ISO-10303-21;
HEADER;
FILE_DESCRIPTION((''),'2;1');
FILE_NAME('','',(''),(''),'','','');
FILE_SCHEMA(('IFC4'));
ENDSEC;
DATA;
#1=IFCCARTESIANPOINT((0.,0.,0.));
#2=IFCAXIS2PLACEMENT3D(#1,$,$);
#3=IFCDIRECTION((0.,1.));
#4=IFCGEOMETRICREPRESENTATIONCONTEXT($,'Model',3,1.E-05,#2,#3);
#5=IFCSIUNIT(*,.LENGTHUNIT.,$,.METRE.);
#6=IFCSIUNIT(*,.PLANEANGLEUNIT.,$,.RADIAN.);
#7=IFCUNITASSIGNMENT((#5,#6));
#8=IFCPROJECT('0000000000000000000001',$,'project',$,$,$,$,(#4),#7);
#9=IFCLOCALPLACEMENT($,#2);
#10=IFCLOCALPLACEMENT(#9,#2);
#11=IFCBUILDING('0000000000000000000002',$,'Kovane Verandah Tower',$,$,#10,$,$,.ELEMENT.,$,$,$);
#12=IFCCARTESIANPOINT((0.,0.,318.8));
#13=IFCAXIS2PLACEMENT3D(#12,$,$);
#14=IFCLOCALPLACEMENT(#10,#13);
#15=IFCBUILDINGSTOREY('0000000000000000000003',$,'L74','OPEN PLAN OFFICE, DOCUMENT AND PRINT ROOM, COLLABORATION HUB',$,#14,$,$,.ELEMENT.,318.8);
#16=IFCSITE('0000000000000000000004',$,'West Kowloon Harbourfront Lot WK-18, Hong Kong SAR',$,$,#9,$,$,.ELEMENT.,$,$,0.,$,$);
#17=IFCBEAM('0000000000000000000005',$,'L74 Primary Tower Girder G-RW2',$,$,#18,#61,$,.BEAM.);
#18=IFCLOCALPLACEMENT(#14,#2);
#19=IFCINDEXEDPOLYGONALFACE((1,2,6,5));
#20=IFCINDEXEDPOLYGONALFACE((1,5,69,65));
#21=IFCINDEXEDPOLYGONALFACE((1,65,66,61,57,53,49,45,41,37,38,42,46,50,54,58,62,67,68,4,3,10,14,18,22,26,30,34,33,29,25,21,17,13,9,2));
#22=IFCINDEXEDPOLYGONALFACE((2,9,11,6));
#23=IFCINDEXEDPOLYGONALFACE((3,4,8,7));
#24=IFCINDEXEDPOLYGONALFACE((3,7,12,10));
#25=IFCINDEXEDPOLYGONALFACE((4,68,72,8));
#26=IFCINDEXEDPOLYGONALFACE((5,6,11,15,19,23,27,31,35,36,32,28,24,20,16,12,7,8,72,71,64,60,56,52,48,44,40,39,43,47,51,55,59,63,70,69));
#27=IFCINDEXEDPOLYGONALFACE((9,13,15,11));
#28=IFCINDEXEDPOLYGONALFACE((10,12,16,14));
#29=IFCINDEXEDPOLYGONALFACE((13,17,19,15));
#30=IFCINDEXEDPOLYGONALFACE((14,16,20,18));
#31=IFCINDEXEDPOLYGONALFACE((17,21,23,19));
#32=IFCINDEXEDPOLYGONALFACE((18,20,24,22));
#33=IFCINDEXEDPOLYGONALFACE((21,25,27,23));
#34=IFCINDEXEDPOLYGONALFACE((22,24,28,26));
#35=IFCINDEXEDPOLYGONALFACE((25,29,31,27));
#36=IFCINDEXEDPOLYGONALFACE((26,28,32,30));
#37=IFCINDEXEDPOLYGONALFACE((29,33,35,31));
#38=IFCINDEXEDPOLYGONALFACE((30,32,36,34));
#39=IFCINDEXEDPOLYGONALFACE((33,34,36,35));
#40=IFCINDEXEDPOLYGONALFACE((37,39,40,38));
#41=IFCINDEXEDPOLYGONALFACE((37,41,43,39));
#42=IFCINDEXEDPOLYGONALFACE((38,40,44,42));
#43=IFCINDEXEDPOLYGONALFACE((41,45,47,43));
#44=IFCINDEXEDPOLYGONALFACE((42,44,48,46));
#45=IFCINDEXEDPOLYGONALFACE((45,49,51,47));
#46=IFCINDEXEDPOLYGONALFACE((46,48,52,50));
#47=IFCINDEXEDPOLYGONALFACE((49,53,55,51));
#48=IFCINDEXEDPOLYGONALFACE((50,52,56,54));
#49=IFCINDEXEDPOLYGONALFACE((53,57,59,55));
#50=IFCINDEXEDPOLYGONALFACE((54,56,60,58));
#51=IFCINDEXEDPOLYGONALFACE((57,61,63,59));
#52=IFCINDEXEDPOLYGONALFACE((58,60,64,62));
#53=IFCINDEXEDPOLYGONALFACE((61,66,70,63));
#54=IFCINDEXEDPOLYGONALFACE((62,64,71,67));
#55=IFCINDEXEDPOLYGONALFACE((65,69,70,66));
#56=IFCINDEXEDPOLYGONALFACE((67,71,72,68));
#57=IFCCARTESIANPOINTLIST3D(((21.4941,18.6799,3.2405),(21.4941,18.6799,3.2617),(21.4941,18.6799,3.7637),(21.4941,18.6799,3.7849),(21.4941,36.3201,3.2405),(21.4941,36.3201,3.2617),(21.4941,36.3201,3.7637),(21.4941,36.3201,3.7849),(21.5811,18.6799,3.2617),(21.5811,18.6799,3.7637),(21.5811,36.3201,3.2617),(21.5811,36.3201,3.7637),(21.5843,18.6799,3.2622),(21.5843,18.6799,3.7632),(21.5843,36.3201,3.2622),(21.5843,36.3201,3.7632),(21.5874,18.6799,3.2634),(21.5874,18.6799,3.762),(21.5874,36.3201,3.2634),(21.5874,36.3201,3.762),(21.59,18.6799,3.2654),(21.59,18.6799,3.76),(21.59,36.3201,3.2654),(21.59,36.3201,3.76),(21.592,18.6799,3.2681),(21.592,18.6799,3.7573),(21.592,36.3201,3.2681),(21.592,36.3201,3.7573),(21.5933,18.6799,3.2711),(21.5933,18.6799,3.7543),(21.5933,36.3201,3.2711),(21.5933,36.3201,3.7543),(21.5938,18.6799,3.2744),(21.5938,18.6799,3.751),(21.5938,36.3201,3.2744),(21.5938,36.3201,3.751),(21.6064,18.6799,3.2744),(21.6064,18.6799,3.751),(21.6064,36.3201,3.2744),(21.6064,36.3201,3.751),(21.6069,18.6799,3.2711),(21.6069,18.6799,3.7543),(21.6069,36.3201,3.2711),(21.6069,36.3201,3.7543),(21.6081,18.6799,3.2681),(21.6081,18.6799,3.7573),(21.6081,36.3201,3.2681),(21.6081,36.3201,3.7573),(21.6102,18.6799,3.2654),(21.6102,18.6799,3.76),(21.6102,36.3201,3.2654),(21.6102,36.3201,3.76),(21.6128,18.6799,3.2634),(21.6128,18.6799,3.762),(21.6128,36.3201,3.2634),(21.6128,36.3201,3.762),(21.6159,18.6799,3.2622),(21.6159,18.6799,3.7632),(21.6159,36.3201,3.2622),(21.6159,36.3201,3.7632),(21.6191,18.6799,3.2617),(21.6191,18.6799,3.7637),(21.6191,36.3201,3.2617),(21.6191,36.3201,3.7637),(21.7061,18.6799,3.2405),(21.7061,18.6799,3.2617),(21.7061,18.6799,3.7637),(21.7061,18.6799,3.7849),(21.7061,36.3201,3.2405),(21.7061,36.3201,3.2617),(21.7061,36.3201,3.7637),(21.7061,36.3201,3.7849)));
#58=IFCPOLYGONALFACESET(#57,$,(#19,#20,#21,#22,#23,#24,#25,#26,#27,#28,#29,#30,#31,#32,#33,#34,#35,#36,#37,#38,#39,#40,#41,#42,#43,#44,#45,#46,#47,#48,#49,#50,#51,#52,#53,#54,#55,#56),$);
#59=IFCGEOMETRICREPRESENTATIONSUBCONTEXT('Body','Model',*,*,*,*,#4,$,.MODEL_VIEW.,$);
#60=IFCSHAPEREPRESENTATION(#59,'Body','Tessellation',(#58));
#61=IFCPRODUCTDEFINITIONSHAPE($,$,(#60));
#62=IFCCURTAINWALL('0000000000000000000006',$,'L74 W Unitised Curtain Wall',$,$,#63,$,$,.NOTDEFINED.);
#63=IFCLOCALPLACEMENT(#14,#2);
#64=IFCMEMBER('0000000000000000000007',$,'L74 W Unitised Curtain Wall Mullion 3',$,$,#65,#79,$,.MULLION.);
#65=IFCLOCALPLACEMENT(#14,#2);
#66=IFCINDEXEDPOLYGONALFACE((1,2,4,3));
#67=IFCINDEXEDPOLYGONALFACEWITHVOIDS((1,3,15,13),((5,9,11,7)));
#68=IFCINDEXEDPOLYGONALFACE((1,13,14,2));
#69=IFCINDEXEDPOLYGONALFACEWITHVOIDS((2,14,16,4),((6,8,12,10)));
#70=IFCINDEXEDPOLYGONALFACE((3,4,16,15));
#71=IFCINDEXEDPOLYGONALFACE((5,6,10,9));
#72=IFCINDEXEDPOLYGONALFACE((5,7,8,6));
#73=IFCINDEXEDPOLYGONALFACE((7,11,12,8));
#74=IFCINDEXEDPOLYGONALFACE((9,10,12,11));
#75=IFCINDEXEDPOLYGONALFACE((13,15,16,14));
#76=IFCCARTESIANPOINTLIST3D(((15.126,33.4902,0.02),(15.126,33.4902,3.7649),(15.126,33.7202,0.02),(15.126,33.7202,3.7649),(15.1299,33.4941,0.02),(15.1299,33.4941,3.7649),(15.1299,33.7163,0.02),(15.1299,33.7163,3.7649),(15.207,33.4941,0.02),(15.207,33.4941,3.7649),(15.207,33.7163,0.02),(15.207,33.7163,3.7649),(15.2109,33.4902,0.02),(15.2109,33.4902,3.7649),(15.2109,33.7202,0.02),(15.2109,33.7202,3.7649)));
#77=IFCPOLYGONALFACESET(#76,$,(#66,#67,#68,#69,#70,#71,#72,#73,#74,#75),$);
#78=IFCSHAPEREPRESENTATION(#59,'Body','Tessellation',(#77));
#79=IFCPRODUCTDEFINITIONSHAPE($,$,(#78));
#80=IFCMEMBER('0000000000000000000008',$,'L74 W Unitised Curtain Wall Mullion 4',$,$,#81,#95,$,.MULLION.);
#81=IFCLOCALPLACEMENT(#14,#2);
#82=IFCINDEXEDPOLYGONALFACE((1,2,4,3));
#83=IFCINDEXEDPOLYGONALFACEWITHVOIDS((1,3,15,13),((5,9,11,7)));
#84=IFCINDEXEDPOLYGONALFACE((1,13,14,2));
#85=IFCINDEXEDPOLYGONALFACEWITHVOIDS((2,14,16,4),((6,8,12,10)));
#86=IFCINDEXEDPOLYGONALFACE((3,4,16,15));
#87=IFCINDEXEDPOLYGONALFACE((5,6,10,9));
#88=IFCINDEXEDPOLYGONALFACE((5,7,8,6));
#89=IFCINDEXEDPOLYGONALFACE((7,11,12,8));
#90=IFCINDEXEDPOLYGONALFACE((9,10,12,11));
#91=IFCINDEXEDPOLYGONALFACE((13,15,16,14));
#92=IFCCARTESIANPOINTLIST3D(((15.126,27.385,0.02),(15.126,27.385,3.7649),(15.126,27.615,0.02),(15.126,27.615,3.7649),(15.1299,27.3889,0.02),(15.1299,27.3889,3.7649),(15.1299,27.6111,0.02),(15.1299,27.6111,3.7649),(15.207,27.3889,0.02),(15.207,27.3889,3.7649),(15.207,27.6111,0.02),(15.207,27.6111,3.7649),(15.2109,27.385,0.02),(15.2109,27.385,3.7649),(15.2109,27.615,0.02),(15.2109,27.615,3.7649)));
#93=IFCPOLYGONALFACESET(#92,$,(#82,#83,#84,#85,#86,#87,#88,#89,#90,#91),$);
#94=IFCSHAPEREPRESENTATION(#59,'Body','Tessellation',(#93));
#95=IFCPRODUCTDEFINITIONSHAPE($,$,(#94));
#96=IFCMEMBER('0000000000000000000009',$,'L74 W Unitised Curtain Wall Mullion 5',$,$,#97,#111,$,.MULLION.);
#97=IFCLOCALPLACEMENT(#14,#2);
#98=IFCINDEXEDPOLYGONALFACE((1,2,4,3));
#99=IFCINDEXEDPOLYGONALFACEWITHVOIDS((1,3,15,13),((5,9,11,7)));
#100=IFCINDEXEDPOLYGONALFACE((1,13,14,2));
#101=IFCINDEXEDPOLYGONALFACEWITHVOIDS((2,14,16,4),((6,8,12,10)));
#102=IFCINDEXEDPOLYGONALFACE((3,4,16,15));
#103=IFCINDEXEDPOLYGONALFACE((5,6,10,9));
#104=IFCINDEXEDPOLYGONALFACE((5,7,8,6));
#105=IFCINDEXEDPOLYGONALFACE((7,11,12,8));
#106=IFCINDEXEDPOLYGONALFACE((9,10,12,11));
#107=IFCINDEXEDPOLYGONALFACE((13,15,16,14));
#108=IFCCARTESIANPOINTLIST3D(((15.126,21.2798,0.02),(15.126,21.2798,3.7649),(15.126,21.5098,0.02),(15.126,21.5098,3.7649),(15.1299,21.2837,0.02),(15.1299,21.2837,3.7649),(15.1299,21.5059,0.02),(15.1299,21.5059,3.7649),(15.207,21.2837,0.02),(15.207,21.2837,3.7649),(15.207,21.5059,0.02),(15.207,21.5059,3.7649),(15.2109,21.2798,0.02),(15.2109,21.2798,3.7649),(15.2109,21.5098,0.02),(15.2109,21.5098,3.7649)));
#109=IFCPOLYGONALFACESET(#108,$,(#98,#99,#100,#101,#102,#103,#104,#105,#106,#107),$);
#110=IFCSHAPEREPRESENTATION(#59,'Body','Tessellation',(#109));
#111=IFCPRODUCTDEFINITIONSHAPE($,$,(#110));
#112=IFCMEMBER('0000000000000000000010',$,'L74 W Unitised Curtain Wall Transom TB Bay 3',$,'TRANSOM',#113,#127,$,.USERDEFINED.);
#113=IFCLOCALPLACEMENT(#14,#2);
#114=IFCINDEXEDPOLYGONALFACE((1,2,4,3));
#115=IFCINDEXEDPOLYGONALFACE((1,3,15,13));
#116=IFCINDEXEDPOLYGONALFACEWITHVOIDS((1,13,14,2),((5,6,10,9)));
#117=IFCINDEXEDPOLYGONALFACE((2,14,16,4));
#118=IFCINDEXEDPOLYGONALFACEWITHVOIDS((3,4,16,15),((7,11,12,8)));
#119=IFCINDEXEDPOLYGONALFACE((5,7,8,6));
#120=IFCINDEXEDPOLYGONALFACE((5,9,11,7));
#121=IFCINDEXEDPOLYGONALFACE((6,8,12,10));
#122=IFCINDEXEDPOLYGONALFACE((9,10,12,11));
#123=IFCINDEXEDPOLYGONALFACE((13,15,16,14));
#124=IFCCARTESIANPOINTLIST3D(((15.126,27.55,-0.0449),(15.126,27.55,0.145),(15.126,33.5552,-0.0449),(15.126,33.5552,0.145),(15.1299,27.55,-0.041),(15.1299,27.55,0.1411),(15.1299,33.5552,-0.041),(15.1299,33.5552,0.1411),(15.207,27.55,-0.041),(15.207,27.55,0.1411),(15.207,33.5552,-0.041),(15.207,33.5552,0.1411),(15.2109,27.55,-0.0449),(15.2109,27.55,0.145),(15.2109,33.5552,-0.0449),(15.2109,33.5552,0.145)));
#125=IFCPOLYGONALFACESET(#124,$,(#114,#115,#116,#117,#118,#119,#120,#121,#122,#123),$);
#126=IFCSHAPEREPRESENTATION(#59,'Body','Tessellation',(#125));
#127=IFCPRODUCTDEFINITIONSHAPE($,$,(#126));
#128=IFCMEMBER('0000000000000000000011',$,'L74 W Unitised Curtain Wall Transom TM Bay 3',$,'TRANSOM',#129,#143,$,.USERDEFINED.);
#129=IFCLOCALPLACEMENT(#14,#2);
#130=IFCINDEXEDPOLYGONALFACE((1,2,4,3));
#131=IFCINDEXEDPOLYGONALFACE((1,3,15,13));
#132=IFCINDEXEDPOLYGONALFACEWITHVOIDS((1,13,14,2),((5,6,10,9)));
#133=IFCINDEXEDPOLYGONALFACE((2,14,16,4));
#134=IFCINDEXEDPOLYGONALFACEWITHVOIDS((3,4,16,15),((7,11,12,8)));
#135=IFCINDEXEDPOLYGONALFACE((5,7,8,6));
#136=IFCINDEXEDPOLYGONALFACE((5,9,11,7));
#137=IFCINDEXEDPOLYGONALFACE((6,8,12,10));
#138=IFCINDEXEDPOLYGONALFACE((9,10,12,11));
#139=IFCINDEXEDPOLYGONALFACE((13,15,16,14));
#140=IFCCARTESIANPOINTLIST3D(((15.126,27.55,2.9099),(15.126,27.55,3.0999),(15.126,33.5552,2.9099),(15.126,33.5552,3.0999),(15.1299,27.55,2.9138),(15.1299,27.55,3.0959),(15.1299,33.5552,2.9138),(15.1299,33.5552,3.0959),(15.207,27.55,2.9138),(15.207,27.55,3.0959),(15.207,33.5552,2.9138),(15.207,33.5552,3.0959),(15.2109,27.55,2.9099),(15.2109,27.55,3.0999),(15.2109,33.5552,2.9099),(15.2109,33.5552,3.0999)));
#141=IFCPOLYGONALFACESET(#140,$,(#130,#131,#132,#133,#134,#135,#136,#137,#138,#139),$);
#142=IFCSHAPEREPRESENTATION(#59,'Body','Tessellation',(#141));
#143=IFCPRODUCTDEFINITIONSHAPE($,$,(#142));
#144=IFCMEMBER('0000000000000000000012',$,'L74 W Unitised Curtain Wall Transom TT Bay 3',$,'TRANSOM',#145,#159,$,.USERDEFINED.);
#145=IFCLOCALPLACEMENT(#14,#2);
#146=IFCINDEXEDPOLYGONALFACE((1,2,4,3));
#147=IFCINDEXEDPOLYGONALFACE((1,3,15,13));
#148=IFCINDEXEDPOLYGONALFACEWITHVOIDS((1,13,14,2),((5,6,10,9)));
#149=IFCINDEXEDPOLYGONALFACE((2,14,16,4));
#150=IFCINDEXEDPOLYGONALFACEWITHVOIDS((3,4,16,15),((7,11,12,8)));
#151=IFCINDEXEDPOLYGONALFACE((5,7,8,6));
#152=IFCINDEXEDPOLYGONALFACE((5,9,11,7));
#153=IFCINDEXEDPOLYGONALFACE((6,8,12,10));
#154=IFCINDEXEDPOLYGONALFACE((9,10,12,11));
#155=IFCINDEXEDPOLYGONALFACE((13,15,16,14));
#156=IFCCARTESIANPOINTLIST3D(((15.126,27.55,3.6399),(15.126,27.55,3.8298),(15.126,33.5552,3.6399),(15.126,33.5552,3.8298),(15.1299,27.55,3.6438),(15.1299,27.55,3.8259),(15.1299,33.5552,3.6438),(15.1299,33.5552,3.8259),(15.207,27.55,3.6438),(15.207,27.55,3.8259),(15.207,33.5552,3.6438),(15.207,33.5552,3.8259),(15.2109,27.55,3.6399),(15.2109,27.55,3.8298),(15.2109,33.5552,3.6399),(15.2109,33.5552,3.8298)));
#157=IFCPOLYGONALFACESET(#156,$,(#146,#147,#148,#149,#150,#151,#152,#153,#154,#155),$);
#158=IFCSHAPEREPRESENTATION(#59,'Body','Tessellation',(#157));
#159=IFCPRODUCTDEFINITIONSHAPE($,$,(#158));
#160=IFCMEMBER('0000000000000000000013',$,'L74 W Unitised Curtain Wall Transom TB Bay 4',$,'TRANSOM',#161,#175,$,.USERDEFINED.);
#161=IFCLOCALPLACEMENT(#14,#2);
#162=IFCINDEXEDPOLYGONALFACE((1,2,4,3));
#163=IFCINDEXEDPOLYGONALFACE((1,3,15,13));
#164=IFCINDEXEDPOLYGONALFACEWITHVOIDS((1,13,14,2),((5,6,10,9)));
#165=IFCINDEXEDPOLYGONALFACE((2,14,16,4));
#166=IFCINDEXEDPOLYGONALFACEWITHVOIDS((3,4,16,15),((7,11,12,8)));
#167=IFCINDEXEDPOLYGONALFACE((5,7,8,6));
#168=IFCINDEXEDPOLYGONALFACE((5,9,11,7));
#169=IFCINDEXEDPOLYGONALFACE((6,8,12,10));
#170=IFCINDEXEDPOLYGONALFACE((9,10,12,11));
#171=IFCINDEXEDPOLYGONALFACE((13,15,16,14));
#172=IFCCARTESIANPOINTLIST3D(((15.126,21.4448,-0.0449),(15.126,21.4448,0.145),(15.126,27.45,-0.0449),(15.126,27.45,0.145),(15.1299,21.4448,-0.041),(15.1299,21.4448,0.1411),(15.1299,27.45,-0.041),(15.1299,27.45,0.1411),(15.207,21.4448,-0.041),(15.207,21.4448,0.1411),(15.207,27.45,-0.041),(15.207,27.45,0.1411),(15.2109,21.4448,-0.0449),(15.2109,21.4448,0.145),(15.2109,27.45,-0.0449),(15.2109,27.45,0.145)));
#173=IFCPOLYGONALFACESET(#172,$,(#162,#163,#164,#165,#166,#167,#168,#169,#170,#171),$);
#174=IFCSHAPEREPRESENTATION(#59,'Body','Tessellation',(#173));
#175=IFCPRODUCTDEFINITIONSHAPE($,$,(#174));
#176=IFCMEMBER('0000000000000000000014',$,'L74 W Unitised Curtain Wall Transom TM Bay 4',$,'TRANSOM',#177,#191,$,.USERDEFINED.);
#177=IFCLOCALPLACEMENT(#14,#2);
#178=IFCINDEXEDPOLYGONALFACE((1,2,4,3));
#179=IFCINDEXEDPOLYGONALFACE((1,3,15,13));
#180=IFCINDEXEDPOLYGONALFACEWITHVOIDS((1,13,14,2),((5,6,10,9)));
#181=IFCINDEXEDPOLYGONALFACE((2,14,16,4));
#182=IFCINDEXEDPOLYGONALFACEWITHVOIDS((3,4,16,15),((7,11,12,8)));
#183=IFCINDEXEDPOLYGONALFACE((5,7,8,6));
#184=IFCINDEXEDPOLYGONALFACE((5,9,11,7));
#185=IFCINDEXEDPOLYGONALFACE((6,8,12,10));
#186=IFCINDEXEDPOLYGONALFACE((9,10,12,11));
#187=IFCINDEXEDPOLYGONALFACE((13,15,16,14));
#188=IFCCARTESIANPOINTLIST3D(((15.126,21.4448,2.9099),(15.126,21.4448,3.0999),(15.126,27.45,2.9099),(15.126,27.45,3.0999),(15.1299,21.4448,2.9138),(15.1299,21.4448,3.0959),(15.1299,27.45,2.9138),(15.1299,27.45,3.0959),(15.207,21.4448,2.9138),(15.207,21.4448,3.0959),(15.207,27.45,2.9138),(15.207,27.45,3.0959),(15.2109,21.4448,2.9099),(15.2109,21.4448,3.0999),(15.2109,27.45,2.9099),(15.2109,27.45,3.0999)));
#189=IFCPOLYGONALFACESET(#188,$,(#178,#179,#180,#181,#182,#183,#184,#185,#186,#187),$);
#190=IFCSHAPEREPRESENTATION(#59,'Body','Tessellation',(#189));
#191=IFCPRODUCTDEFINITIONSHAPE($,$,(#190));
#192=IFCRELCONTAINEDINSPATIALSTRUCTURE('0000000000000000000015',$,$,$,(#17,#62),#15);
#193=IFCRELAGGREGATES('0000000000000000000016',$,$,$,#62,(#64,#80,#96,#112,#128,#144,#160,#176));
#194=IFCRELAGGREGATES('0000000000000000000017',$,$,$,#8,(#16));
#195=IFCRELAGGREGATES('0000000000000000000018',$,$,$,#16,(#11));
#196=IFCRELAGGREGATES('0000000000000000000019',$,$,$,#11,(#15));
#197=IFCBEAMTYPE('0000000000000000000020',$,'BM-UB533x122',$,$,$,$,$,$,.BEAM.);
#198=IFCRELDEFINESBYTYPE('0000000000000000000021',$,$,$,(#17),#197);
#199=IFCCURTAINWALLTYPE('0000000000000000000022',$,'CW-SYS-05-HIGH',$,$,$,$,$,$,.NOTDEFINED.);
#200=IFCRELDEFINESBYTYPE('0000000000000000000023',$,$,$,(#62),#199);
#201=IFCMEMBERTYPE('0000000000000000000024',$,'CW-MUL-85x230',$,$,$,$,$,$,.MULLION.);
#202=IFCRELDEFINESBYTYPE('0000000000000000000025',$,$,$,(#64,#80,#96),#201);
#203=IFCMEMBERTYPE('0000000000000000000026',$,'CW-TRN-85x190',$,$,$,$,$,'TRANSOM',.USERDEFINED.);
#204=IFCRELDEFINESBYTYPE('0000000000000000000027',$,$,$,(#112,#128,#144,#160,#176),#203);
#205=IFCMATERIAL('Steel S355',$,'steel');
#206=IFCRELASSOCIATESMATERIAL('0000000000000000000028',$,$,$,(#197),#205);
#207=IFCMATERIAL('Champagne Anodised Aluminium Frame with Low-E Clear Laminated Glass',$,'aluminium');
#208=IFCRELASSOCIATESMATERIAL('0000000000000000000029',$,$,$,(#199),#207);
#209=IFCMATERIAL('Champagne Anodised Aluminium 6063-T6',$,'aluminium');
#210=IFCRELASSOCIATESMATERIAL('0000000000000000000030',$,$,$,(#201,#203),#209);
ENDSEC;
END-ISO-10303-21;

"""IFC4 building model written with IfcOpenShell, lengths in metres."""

from ifc_helpers import new_model, si_unit, direction, frame, origin, origin_2d, place, context, subcontext, project, spatial, hollow_rectangle, i_section, extrude, material, material_profile, profile_set, type_object, element, aggregate, save


model = new_model("IFC4")

# Units and contexts
model_context = context("Model", 3, precision=1e-05, world=origin(), true_north=direction((0.0, 1.0)))
body_context = subcontext(model_context, "Body", "Model", "MODEL_VIEW")
ifc_project = project(units=[si_unit("LENGTHUNIT", "METRE"), si_unit("PLANEANGLEUNIT", "RADIAN")], contexts=[model_context])

# Site, building, storey
site_placement = place(None, origin())
site = spatial("IfcSite", under=ifc_project, at=site_placement, Name="West Kowloon Harbourfront Lot WK-18, Hong Kong SAR", CompositionType="ELEMENT", RefElevation=0.0)
building_placement = place(site_placement, origin())
building = spatial("IfcBuilding", under=site, at=building_placement, Name="Kovane Verandah Tower", CompositionType="ELEMENT")
storey_placement = place(building_placement, frame((0.0, 0.0, 318.8)))
storey = spatial("IfcBuildingStorey", under=building, at=storey_placement, Name="L74", Description="OPEN PLAN OFFICE, DOCUMENT AND PRINT ROOM, COLLABORATION HUB", CompositionType="ELEMENT", Elevation=318.8)

# Beam
ifc_material_1 = material(Name="Steel S355", Category="steel")
ifc_material_profile_1 = material_profile(ifc_material_1, i_section(OverallWidth=0.2119, OverallDepth=0.5444, WebThickness=0.0127, FlangeThickness=0.0212, FilletRadius=0.0127, at=origin_2d()), Name="UB533x210x122")
ifc_profile_set_1 = profile_set([ifc_material_profile_1], Name="Steel S355")
beam_type = type_object("IfcBeamType", Name="BM-UB533x122", PredefinedType="BEAM", material=ifc_profile_set_1)
beam_placement = place(storey_placement, frame((21.6001, 18.6799, 3.5127), z_axis=(0.0, 1.0, 0.0), x_axis=(-1.0, 0.0, 0.0)))
element("IfcBeam", 1, at=beam_placement, inside=storey, type_object=beam_type, Name="L74 Primary Tower Girder G-RW2", PredefinedType="BEAM", context=body_context, shape_type="SweptSolid", body=[
    extrude(i_section(OverallWidth=0.2119, OverallDepth=0.5444, WebThickness=0.0127, FlangeThickness=0.0212, FilletRadius=0.0127, at=origin_2d()), origin(), (0.0, 0.0, 1.0), 17.6401),
])

# Curtain wall, members
ifc_material_2 = material(Name="Champagne Anodised Aluminium Frame with Low-E Clear Laminated Glass", Category="aluminium")
curtain_wall_type = type_object("IfcCurtainWallType", Name="CW-SYS-05-HIGH", PredefinedType="NOTDEFINED", material=ifc_material_2)
curtain_wall_placement = place(storey_placement, origin())
curtain_wall = element("IfcCurtainWall", 2, at=curtain_wall_placement, inside=storey, type_object=curtain_wall_type, Name="L74 W Unitised Curtain Wall", PredefinedType="NOTDEFINED")
ifc_material_3 = material(Name="Champagne Anodised Aluminium 6063-T6", Category="aluminium")
ifc_material_profile_2 = material_profile(ifc_material_3, hollow_rectangle(XDim=0.085, YDim=0.23, WallThickness=0.0039, at=origin_2d()), Name="AL85x230x4")
ifc_profile_set_2 = profile_set([ifc_material_profile_2], Name="Champagne Anodised Aluminium 6063-T6")
member_type_1 = type_object("IfcMemberType", Name="CW-MUL-85x230", PredefinedType="MULLION", material=ifc_profile_set_2)
member_1_placement = place(storey_placement, frame((15.1685, 33.6052, 0.02), z_axis=(0.0, 0.0, 1.0), x_axis=(-1.0, 0.0, 0.0)))
member_1 = element("IfcMember", 3, at=member_1_placement, type_object=member_type_1, Name="L74 W Unitised Curtain Wall Mullion 3", PredefinedType="MULLION", context=body_context, shape_type="SweptSolid", body=[
    extrude(hollow_rectangle(XDim=0.085, YDim=0.23, WallThickness=0.0039, at=origin_2d()), origin(), (0.0, 0.0, 1.0), 3.7449),
])
member_2_placement = place(storey_placement, frame((15.1685, 27.5, 0.02), z_axis=(0.0, 0.0, 1.0), x_axis=(-1.0, 0.0, 0.0)))
member_2 = element("IfcMember", 4, at=member_2_placement, type_object=member_type_1, Name="L74 W Unitised Curtain Wall Mullion 4", PredefinedType="MULLION", context=body_context, shape_type="SweptSolid", body=[
    extrude(hollow_rectangle(XDim=0.085, YDim=0.23, WallThickness=0.0039, at=origin_2d()), origin(), (0.0, 0.0, 1.0), 3.7449),
])
member_3_placement = place(storey_placement, frame((15.1685, 21.3948, 0.02), z_axis=(0.0, 0.0, 1.0), x_axis=(-1.0, 0.0, 0.0)))
member_3 = element("IfcMember", 5, at=member_3_placement, type_object=member_type_1, Name="L74 W Unitised Curtain Wall Mullion 5", PredefinedType="MULLION", context=body_context, shape_type="SweptSolid", body=[
    extrude(hollow_rectangle(XDim=0.085, YDim=0.23, WallThickness=0.0039, at=origin_2d()), origin(), (0.0, 0.0, 1.0), 3.7449),
])
ifc_material_profile_3 = material_profile(ifc_material_3, hollow_rectangle(XDim=0.085, YDim=0.1899, WallThickness=0.0039, at=origin_2d()), Name="AL85x190x4")
ifc_profile_set_3 = profile_set([ifc_material_profile_3], Name="Champagne Anodised Aluminium 6063-T6")
member_type_2 = type_object("IfcMemberType", Name="CW-TRN-85x190", ElementType="TRANSOM", PredefinedType="USERDEFINED", material=ifc_profile_set_3)
member_4_placement = place(storey_placement, frame((15.1685, 33.5552, 0.05), z_axis=(0.0, -1.0, 0.0), x_axis=(1.0, 0.0, 0.0)))
member_4 = element("IfcMember", 6, at=member_4_placement, type_object=member_type_2, Name="L74 W Unitised Curtain Wall Transom TB Bay 3", ObjectType="TRANSOM", PredefinedType="USERDEFINED", context=body_context, shape_type="SweptSolid", body=[
    extrude(hollow_rectangle(XDim=0.085, YDim=0.1899, WallThickness=0.0039, at=origin_2d()), origin(), (0.0, 0.0, 1.0), 6.0051),
])
member_5_placement = place(storey_placement, frame((15.1685, 33.5552, 3.0049), z_axis=(0.0, -1.0, 0.0), x_axis=(1.0, 0.0, 0.0)))
member_5 = element("IfcMember", 7, at=member_5_placement, type_object=member_type_2, Name="L74 W Unitised Curtain Wall Transom TM Bay 3", ObjectType="TRANSOM", PredefinedType="USERDEFINED", context=body_context, shape_type="SweptSolid", body=[
    extrude(hollow_rectangle(XDim=0.085, YDim=0.1899, WallThickness=0.0039, at=origin_2d()), origin(), (0.0, 0.0, 1.0), 6.0051),
])
member_6_placement = place(storey_placement, frame((15.1685, 33.5552, 3.7349), z_axis=(0.0, -1.0, 0.0), x_axis=(1.0, 0.0, 0.0)))
member_6 = element("IfcMember", 8, at=member_6_placement, type_object=member_type_2, Name="L74 W Unitised Curtain Wall Transom TT Bay 3", ObjectType="TRANSOM", PredefinedType="USERDEFINED", context=body_context, shape_type="SweptSolid", body=[
    extrude(hollow_rectangle(XDim=0.085, YDim=0.1899, WallThickness=0.0039, at=origin_2d()), origin(), (0.0, 0.0, 1.0), 6.0051),
])
member_7_placement = place(storey_placement, frame((15.1685, 27.45, 0.05), z_axis=(0.0, -1.0, 0.0), x_axis=(1.0, 0.0, 0.0)))
member_7 = element("IfcMember", 9, at=member_7_placement, type_object=member_type_2, Name="L74 W Unitised Curtain Wall Transom TB Bay 4", ObjectType="TRANSOM", PredefinedType="USERDEFINED", context=body_context, shape_type="SweptSolid", body=[
    extrude(hollow_rectangle(XDim=0.085, YDim=0.1899, WallThickness=0.0039, at=origin_2d()), origin(), (0.0, 0.0, 1.0), 6.0051),
])
member_8_placement = place(storey_placement, frame((15.1685, 27.45, 3.0049), z_axis=(0.0, -1.0, 0.0), x_axis=(1.0, 0.0, 0.0)))
member_8 = element("IfcMember", 10, at=member_8_placement, type_object=member_type_2, Name="L74 W Unitised Curtain Wall Transom TM Bay 4", ObjectType="TRANSOM", PredefinedType="USERDEFINED", context=body_context, shape_type="SweptSolid", body=[
    extrude(hollow_rectangle(XDim=0.085, YDim=0.1899, WallThickness=0.0039, at=origin_2d()), origin(), (0.0, 0.0, 1.0), 6.0051),
])
aggregate(curtain_wall, [member_1, member_2, member_3, member_4, member_5, member_6, member_7, member_8])

save(model, "model.ifc")
